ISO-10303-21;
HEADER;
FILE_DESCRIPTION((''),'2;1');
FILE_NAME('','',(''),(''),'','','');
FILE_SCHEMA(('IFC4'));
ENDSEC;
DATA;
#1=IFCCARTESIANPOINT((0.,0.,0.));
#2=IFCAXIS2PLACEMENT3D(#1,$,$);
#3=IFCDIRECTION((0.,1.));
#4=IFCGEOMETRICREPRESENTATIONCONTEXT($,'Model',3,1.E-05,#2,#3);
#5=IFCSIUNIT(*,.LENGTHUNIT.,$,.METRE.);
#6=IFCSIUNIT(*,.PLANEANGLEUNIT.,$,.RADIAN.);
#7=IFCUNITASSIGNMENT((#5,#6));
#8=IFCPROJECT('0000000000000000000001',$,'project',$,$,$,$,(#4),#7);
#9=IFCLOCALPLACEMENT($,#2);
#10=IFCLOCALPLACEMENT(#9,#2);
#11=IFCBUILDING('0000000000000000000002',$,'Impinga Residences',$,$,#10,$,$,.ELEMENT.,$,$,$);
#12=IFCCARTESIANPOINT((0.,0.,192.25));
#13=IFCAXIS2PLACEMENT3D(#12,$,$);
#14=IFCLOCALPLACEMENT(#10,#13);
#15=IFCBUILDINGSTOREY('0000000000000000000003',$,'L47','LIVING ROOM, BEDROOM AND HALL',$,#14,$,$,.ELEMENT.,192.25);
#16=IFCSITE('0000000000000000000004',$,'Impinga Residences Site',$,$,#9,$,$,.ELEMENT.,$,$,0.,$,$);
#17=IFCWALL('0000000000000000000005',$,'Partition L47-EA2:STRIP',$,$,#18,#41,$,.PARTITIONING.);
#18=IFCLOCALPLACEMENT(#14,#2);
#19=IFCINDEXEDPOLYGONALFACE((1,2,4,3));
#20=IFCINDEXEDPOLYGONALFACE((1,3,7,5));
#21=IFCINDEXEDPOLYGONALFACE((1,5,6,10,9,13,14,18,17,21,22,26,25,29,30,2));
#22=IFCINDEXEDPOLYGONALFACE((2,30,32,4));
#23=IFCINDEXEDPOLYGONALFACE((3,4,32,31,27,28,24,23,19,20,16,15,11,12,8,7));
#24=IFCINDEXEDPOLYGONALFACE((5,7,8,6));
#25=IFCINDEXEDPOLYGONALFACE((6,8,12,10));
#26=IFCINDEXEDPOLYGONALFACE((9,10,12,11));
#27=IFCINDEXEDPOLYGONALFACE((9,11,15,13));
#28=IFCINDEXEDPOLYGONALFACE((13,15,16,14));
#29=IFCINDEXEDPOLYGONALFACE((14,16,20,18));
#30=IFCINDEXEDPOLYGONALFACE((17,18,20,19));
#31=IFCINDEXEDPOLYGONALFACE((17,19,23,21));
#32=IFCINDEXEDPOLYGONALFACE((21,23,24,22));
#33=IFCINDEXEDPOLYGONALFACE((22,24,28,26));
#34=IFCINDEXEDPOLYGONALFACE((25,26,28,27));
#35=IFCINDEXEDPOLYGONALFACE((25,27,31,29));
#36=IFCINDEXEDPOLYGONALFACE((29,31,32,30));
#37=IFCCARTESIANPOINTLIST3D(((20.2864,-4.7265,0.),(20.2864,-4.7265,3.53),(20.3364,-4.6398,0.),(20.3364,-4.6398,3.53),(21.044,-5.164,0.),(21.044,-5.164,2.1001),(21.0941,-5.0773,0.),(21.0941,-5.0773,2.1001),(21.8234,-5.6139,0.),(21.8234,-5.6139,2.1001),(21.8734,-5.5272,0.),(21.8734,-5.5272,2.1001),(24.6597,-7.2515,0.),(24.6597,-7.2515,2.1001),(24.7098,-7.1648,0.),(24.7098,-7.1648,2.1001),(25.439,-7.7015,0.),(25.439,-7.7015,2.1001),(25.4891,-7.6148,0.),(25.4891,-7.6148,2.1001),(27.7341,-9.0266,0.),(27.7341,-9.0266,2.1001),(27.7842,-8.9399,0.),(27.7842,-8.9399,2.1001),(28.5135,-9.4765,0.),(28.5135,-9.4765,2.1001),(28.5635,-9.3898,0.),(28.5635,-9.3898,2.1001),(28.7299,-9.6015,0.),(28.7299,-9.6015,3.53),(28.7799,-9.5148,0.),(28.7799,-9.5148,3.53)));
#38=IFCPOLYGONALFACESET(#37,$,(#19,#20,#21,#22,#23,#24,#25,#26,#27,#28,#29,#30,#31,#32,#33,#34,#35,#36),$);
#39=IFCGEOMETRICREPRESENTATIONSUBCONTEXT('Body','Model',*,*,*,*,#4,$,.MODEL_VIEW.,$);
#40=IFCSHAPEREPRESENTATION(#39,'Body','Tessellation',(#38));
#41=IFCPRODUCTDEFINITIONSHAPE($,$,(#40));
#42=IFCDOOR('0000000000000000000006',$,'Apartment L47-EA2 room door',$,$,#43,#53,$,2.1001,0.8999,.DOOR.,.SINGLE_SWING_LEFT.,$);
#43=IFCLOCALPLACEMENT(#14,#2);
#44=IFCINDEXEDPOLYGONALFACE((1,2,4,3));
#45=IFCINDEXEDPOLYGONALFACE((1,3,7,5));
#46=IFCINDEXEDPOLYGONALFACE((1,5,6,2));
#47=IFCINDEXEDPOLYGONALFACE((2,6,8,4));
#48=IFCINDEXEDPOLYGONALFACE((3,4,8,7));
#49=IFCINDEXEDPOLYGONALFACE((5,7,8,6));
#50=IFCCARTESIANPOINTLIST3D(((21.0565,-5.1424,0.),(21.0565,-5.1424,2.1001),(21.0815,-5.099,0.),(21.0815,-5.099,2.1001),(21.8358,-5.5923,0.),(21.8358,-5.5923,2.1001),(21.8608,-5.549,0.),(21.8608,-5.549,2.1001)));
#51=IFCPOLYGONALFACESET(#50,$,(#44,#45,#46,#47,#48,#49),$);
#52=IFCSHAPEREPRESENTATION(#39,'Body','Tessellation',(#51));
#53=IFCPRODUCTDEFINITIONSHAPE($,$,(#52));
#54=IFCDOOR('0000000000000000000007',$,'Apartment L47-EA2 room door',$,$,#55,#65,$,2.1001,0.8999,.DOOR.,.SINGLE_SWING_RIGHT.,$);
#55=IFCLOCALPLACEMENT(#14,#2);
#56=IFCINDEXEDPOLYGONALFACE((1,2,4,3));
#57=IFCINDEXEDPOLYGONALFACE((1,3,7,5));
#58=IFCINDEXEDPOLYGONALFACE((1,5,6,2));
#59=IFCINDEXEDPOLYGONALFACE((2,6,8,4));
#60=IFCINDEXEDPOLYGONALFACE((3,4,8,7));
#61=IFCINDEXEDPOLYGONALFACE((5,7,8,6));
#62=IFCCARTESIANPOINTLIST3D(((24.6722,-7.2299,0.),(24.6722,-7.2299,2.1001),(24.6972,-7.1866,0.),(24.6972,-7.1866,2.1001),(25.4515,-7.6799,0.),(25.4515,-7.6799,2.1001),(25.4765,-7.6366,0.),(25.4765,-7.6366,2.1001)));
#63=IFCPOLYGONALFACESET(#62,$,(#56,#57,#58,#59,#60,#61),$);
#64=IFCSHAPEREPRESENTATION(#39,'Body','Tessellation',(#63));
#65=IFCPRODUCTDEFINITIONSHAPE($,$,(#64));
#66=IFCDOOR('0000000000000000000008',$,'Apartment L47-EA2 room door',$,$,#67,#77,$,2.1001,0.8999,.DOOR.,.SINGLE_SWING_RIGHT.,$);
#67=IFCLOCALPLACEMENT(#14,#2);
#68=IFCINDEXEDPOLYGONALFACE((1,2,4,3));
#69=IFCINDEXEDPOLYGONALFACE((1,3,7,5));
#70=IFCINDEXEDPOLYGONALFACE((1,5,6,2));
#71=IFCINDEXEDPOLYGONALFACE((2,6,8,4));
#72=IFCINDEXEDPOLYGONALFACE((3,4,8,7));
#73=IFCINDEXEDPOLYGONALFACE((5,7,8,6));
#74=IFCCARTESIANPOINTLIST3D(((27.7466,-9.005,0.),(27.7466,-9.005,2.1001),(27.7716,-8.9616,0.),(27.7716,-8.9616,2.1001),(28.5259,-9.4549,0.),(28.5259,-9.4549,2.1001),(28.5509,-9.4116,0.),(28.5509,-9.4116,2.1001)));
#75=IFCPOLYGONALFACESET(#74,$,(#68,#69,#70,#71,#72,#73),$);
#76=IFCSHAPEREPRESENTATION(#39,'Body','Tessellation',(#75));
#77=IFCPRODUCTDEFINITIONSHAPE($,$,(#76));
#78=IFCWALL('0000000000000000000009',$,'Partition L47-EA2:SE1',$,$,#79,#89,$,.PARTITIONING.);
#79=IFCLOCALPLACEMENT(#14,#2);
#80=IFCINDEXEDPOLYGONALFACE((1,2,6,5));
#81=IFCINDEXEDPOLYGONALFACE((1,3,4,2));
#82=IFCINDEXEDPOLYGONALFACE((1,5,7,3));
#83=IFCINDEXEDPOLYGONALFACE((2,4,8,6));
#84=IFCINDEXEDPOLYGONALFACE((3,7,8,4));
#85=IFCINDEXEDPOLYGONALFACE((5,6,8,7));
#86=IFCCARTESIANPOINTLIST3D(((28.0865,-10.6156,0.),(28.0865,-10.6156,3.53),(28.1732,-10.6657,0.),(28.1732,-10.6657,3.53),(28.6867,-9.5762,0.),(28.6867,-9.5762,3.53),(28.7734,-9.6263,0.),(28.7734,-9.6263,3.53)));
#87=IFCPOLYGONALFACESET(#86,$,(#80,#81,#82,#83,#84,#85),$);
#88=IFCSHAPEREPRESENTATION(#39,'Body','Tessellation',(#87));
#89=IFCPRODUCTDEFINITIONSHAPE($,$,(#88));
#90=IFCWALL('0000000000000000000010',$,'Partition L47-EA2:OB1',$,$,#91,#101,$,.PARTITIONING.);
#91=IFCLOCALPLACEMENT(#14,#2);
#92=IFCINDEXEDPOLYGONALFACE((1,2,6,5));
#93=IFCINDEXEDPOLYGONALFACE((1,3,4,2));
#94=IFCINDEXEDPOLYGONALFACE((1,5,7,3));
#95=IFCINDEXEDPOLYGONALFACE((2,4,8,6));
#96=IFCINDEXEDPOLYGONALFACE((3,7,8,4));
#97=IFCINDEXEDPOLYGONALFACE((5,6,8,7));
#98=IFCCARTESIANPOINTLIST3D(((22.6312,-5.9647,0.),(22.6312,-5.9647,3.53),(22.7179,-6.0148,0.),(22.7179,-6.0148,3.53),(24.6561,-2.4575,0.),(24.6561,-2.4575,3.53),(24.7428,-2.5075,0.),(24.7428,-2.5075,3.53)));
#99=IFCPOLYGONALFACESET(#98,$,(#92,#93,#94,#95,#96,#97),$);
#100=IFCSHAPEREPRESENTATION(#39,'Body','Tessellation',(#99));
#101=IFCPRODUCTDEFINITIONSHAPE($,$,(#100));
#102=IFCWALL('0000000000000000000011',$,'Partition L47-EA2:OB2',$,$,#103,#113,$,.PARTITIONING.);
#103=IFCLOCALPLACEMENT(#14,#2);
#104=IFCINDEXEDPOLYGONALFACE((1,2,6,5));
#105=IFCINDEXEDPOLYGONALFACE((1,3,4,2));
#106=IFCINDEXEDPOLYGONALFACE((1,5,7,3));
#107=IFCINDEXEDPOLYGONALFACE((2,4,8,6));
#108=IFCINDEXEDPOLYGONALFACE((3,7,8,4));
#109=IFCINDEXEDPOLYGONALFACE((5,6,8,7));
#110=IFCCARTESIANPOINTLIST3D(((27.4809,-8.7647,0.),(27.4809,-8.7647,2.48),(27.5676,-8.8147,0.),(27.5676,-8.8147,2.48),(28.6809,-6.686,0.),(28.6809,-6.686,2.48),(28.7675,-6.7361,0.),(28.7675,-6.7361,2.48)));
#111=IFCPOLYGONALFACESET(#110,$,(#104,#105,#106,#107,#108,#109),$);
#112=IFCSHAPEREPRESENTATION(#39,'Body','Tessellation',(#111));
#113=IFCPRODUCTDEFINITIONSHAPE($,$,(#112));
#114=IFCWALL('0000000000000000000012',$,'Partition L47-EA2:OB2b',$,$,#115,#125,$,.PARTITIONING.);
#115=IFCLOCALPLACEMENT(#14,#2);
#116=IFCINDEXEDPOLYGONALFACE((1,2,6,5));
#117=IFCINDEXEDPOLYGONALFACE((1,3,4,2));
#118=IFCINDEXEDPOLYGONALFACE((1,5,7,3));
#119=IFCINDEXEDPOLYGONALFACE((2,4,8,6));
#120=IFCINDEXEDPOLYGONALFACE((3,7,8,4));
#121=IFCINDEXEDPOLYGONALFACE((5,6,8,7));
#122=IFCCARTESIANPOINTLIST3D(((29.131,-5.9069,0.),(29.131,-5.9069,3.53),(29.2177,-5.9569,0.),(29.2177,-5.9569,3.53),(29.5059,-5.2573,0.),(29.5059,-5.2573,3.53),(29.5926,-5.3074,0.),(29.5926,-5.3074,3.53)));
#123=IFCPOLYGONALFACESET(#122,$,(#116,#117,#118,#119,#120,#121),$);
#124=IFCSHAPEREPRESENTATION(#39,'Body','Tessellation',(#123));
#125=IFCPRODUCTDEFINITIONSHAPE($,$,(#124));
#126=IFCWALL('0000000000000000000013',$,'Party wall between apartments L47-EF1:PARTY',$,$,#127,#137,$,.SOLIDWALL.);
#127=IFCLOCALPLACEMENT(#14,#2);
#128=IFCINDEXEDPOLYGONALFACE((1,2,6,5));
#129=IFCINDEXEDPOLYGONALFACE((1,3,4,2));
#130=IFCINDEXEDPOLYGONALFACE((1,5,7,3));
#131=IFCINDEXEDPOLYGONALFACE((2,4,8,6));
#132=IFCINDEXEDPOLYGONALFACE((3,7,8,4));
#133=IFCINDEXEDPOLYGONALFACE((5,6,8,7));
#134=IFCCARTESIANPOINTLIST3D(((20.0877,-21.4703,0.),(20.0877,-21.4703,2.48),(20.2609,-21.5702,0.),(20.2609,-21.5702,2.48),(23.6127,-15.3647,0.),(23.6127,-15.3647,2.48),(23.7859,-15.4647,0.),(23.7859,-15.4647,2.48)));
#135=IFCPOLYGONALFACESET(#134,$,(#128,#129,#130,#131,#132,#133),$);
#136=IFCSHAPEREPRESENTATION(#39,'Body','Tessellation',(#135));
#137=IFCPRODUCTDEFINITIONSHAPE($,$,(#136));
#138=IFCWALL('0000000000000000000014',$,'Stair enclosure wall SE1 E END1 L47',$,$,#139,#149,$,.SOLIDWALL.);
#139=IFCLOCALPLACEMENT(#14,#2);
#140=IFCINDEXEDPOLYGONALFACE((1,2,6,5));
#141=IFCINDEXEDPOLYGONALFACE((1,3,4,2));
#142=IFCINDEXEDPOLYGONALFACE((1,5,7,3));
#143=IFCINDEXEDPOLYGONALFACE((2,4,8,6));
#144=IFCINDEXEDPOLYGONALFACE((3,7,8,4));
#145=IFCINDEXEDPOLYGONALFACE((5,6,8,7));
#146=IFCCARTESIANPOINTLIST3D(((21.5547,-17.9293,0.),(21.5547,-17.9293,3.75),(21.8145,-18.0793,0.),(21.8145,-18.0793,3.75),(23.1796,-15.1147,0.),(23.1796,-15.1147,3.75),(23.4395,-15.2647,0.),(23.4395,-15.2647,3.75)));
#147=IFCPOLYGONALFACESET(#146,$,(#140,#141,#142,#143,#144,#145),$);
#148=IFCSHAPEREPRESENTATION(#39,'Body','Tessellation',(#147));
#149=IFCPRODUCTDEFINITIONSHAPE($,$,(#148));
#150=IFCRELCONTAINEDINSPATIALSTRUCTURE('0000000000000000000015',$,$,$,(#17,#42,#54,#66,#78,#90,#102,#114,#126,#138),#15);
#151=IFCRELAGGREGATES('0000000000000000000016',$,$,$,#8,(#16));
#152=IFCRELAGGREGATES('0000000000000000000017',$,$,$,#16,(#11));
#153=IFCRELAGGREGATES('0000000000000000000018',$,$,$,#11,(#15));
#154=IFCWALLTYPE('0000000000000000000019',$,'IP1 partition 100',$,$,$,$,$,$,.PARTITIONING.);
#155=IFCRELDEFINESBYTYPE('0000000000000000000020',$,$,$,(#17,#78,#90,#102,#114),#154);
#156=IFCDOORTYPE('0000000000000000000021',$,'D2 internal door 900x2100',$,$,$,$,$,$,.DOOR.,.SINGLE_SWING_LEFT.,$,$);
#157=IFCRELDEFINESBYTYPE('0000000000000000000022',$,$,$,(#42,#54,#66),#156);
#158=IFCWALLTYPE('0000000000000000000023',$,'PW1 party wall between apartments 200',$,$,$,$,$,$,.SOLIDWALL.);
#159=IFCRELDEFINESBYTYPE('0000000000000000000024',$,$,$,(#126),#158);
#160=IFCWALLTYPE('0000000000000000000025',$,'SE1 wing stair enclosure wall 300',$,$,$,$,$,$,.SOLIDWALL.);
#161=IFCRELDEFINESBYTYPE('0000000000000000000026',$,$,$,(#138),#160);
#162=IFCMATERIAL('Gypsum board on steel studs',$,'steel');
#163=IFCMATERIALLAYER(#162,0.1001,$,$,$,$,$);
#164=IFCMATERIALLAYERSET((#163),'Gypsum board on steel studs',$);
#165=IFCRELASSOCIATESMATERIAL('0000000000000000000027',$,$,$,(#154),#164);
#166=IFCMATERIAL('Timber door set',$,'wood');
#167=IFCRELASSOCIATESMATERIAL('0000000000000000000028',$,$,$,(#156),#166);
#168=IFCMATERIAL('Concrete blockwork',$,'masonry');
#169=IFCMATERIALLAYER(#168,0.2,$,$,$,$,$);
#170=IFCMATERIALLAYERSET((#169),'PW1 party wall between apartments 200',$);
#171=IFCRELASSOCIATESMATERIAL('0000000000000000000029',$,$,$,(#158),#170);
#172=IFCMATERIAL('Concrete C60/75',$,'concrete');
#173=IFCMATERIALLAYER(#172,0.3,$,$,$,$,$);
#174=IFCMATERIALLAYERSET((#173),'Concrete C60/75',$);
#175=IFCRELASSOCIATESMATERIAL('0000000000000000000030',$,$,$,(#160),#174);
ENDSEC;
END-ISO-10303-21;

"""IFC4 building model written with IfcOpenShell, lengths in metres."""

from ifc_helpers import new_model, si_unit, direction, frame, frame_2d, origin, place, context, subcontext, project, spatial, rectangle, extrude, material, layer, layer_set, type_object, element, fill, save


model = new_model("IFC4")

# Units and contexts
model_context = context("Model", 3, precision=1e-05, world=origin(), true_north=direction((0.0, 1.0)))
body_context = subcontext(model_context, "Body", "Model", "MODEL_VIEW")
ifc_project = project(units=[si_unit("LENGTHUNIT", "METRE"), si_unit("PLANEANGLEUNIT", "RADIAN")], contexts=[model_context])

# Site, building, storey
site_placement = place(None, origin())
site = spatial("IfcSite", under=ifc_project, at=site_placement, Name="Impinga Residences Site", CompositionType="ELEMENT", RefElevation=0.0)
building_placement = place(site_placement, origin())
building = spatial("IfcBuilding", under=site, at=building_placement, Name="Impinga Residences", CompositionType="ELEMENT")
storey_placement = place(building_placement, frame((0.0, 0.0, 192.25)))
storey = spatial("IfcBuildingStorey", under=building, at=storey_placement, Name="L47", Description="LIVING ROOM, BEDROOM AND HALL", CompositionType="ELEMENT", Elevation=192.25)

# Shared definitions
ifc_material_1 = material(Name="Concrete C60/75", Category="concrete")

# Shared definitions
ifc_material_2 = material(Name="Gypsum board on steel studs", Category="steel")
ifc_layer_1 = layer(ifc_material_2, 0.1001)
ifc_layer_set_1 = layer_set([ifc_layer_1], Name="Gypsum board on steel studs")
wall_type_1 = type_object("IfcWallType", Name="IP1 partition 100", PredefinedType="PARTITIONING", material=ifc_layer_set_1)

# Wall, openings, doors
wall_1_placement = place(storey_placement, frame((20.3113, -4.6831, 0.0), z_axis=(0.0, 0.0, 1.0), x_axis=(0.866022, -0.500006, 0.0)))
wall_1 = element("IfcWall", 1, at=wall_1_placement, inside=storey, type_object=wall_type_1, Name="Partition L47-EA2:STRIP", PredefinedType="PARTITIONING", context=body_context, shape_type="SweptSolid", body=[
    extrude(rectangle(XDim=9.7498, YDim=0.1001, at=frame_2d((4.875, 0.0))), origin(), (0.0, 0.0, 1.0), 3.53),
])
opening_1_placement = place(wall_1_placement, frame((0.875, 0.0, 0.0)))
opening_1 = element("IfcOpeningElement", 2, at=opening_1_placement, cuts=wall_1, PredefinedType="OPENING", context=body_context, shape_type="SweptSolid", body=[
    extrude(rectangle(XDim=0.8999, YDim=2.1001, at=frame_2d((0.45, 1.05))), frame((0.0, 0.0601, 0.0), z_axis=(0.0, -1.0, 0.0), x_axis=(1.0, 0.0, 0.0)), (0.0, 0.0, 1.0), 0.1201),
])
opening_2_placement = place(wall_1_placement, frame((5.05, 0.0, 0.0)))
opening_2 = element("IfcOpeningElement", 3, at=opening_2_placement, cuts=wall_1, PredefinedType="OPENING", context=body_context, shape_type="SweptSolid", body=[
    extrude(rectangle(XDim=0.8999, YDim=2.1001, at=frame_2d((0.45, 1.05))), frame((0.0, 0.0601, 0.0), z_axis=(0.0, -1.0, 0.0), x_axis=(1.0, 0.0, 0.0)), (0.0, 0.0, 1.0), 0.1201),
])
opening_3_placement = place(wall_1_placement, frame((8.6001, 0.0, 0.0)))
opening_3 = element("IfcOpeningElement", 4, at=opening_3_placement, cuts=wall_1, PredefinedType="OPENING", context=body_context, shape_type="SweptSolid", body=[
    extrude(rectangle(XDim=0.8999, YDim=2.1001, at=frame_2d((0.45, 1.05))), frame((0.0, 0.0601, 0.0), z_axis=(0.0, -1.0, 0.0), x_axis=(1.0, 0.0, 0.0)), (0.0, 0.0, 1.0), 0.1201),
])
ifc_material_3 = material(Name="Timber door set", Category="wood")
door_type = type_object("IfcDoorType", Name="D2 internal door 900x2100", OperationType="SINGLE_SWING_LEFT", PredefinedType="DOOR", material=ifc_material_3)
door_1_placement = place(opening_1_placement, origin())
door_1 = element("IfcDoor", 5, at=door_1_placement, inside=storey, type_object=door_type, Name="Apartment L47-EA2 room door", OperationType="SINGLE_SWING_LEFT", OverallHeight=2.1001, OverallWidth=0.8999, PredefinedType="DOOR", context=body_context, shape_type="SweptSolid", body=[
    extrude(rectangle(XDim=0.8999, YDim=2.1001, at=frame_2d((0.45, 1.05))), frame((0.0, 0.0249, 0.0), z_axis=(0.0, -1.0, 0.0), x_axis=(1.0, 0.0, 0.0)), (0.0, 0.0, 1.0), 0.05),
])
fill(opening_1, door_1)
door_2_placement = place(opening_2_placement, origin())
door_2 = element("IfcDoor", 6, at=door_2_placement, inside=storey, type_object=door_type, Name="Apartment L47-EA2 room door", OperationType="SINGLE_SWING_RIGHT", OverallHeight=2.1001, OverallWidth=0.8999, PredefinedType="DOOR", context=body_context, shape_type="SweptSolid", body=[
    extrude(rectangle(XDim=0.8999, YDim=2.1001, at=frame_2d((0.45, 1.05))), frame((0.0, 0.0249, 0.0), z_axis=(0.0, -1.0, 0.0), x_axis=(1.0, 0.0, 0.0)), (0.0, 0.0, 1.0), 0.05),
])
fill(opening_2, door_2)
door_3_placement = place(opening_3_placement, origin())
door_3 = element("IfcDoor", 7, at=door_3_placement, inside=storey, type_object=door_type, Name="Apartment L47-EA2 room door", OperationType="SINGLE_SWING_RIGHT", OverallHeight=2.1001, OverallWidth=0.8999, PredefinedType="DOOR", context=body_context, shape_type="SweptSolid", body=[
    extrude(rectangle(XDim=0.8999, YDim=2.1001, at=frame_2d((0.45, 1.05))), frame((0.0, 0.0249, 0.0), z_axis=(0.0, -1.0, 0.0), x_axis=(1.0, 0.0, 0.0)), (0.0, 0.0, 1.0), 0.05),
])
fill(opening_3, door_3)

# Walls
wall_2_placement = place(storey_placement, frame((28.1299, -10.6406, 0.0), z_axis=(0.0, 0.0, 1.0), x_axis=(0.500034, 0.866006, 0.0)))
element("IfcWall", 8, at=wall_2_placement, inside=storey, type_object=wall_type_1, Name="Partition L47-EA2:SE1", PredefinedType="PARTITIONING", context=body_context, shape_type="SweptSolid", body=[
    extrude(rectangle(XDim=1.2002, YDim=0.1001, at=frame_2d((0.6001, 0.0))), origin(), (0.0, 0.0, 1.0), 3.53),
])
wall_3_placement = place(storey_placement, frame((22.6746, -5.9897, 0.0), z_axis=(0.0, 0.0, 1.0), x_axis=(0.49999, 0.866031, 0.0)))
element("IfcWall", 9, at=wall_3_placement, inside=storey, type_object=wall_type_1, Name="Partition L47-EA2:OB1", PredefinedType="PARTITIONING", context=body_context, shape_type="SweptSolid", body=[
    extrude(rectangle(XDim=4.0498, YDim=0.1001, at=frame_2d((2.0249, 0.0))), origin(), (0.0, 0.0, 1.0), 3.53),
])
wall_4_placement = place(storey_placement, frame((27.5242, -8.7898, 0.0), z_axis=(0.0, 0.0, 1.0), x_axis=(0.499957, 0.86605, 0.0)))
element("IfcWall", 10, at=wall_4_placement, inside=storey, type_object=wall_type_1, Name="Partition L47-EA2:OB2", PredefinedType="PARTITIONING", context=body_context, shape_type="SweptSolid", body=[
    extrude(rectangle(XDim=2.4001, YDim=0.1001, at=frame_2d((1.2002, 0.0))), origin(), (0.0, 0.0, 1.0), 2.48),
])
wall_5_placement = place(storey_placement, frame((29.1743, -5.9319, 0.0), z_axis=(0.0, 0.0, 1.0), x_axis=(0.49992, 0.866072, 0.0)))
element("IfcWall", 11, at=wall_5_placement, inside=storey, type_object=wall_type_1, Name="Partition L47-EA2:OB2b", PredefinedType="PARTITIONING", context=body_context, shape_type="SweptSolid", body=[
    extrude(rectangle(XDim=0.75, YDim=0.1001, at=frame_2d((0.375, 0.0))), origin(), (0.0, 0.0, 1.0), 3.53),
])
ifc_material_4 = material(Name="Concrete blockwork", Category="masonry")
ifc_layer_2 = layer(ifc_material_4, 0.2)
ifc_layer_set_2 = layer_set([ifc_layer_2], Name="PW1 party wall between apartments 200")
wall_type_2 = type_object("IfcWallType", Name="PW1 party wall between apartments 200", PredefinedType="SOLIDWALL", material=ifc_layer_set_2)
wall_6_placement = place(storey_placement, frame((23.6992, -15.4148, 0.0), z_axis=(0.0, 0.0, 1.0), x_axis=(-0.49999, -0.866031, 0.0)))
element("IfcWall", 12, at=wall_6_placement, inside=storey, type_object=wall_type_2, Name="Party wall between apartments L47-EF1:PARTY", PredefinedType="SOLIDWALL", context=body_context, shape_type="SweptSolid", body=[
    extrude(rectangle(XDim=7.05, YDim=0.2, at=frame_2d((3.5249, 0.0))), origin(), (0.0, 0.0, 1.0), 2.48),
])
ifc_layer_3 = layer(ifc_material_1, 0.3)
ifc_layer_set_3 = layer_set([ifc_layer_3], Name="Concrete C60/75")
wall_type_3 = type_object("IfcWallType", Name="SE1 wing stair enclosure wall 300", PredefinedType="SOLIDWALL", material=ifc_layer_set_3)
wall_7_placement = place(storey_placement, frame((23.3096, -15.1897, 0.0), z_axis=(0.0, 0.0, 1.0), x_axis=(-0.499985, -0.866034, 0.0)))
element("IfcWall", 13, at=wall_7_placement, inside=storey, type_object=wall_type_3, Name="Stair enclosure wall SE1 E END1 L47", PredefinedType="SOLIDWALL", context=body_context, shape_type="SweptSolid", body=[
    extrude(rectangle(XDim=3.25, YDim=0.3, at=frame_2d((1.625, 0.0))), origin(), (0.0, 0.0, 1.0), 3.75),
])

save(model, "model.ifc")
